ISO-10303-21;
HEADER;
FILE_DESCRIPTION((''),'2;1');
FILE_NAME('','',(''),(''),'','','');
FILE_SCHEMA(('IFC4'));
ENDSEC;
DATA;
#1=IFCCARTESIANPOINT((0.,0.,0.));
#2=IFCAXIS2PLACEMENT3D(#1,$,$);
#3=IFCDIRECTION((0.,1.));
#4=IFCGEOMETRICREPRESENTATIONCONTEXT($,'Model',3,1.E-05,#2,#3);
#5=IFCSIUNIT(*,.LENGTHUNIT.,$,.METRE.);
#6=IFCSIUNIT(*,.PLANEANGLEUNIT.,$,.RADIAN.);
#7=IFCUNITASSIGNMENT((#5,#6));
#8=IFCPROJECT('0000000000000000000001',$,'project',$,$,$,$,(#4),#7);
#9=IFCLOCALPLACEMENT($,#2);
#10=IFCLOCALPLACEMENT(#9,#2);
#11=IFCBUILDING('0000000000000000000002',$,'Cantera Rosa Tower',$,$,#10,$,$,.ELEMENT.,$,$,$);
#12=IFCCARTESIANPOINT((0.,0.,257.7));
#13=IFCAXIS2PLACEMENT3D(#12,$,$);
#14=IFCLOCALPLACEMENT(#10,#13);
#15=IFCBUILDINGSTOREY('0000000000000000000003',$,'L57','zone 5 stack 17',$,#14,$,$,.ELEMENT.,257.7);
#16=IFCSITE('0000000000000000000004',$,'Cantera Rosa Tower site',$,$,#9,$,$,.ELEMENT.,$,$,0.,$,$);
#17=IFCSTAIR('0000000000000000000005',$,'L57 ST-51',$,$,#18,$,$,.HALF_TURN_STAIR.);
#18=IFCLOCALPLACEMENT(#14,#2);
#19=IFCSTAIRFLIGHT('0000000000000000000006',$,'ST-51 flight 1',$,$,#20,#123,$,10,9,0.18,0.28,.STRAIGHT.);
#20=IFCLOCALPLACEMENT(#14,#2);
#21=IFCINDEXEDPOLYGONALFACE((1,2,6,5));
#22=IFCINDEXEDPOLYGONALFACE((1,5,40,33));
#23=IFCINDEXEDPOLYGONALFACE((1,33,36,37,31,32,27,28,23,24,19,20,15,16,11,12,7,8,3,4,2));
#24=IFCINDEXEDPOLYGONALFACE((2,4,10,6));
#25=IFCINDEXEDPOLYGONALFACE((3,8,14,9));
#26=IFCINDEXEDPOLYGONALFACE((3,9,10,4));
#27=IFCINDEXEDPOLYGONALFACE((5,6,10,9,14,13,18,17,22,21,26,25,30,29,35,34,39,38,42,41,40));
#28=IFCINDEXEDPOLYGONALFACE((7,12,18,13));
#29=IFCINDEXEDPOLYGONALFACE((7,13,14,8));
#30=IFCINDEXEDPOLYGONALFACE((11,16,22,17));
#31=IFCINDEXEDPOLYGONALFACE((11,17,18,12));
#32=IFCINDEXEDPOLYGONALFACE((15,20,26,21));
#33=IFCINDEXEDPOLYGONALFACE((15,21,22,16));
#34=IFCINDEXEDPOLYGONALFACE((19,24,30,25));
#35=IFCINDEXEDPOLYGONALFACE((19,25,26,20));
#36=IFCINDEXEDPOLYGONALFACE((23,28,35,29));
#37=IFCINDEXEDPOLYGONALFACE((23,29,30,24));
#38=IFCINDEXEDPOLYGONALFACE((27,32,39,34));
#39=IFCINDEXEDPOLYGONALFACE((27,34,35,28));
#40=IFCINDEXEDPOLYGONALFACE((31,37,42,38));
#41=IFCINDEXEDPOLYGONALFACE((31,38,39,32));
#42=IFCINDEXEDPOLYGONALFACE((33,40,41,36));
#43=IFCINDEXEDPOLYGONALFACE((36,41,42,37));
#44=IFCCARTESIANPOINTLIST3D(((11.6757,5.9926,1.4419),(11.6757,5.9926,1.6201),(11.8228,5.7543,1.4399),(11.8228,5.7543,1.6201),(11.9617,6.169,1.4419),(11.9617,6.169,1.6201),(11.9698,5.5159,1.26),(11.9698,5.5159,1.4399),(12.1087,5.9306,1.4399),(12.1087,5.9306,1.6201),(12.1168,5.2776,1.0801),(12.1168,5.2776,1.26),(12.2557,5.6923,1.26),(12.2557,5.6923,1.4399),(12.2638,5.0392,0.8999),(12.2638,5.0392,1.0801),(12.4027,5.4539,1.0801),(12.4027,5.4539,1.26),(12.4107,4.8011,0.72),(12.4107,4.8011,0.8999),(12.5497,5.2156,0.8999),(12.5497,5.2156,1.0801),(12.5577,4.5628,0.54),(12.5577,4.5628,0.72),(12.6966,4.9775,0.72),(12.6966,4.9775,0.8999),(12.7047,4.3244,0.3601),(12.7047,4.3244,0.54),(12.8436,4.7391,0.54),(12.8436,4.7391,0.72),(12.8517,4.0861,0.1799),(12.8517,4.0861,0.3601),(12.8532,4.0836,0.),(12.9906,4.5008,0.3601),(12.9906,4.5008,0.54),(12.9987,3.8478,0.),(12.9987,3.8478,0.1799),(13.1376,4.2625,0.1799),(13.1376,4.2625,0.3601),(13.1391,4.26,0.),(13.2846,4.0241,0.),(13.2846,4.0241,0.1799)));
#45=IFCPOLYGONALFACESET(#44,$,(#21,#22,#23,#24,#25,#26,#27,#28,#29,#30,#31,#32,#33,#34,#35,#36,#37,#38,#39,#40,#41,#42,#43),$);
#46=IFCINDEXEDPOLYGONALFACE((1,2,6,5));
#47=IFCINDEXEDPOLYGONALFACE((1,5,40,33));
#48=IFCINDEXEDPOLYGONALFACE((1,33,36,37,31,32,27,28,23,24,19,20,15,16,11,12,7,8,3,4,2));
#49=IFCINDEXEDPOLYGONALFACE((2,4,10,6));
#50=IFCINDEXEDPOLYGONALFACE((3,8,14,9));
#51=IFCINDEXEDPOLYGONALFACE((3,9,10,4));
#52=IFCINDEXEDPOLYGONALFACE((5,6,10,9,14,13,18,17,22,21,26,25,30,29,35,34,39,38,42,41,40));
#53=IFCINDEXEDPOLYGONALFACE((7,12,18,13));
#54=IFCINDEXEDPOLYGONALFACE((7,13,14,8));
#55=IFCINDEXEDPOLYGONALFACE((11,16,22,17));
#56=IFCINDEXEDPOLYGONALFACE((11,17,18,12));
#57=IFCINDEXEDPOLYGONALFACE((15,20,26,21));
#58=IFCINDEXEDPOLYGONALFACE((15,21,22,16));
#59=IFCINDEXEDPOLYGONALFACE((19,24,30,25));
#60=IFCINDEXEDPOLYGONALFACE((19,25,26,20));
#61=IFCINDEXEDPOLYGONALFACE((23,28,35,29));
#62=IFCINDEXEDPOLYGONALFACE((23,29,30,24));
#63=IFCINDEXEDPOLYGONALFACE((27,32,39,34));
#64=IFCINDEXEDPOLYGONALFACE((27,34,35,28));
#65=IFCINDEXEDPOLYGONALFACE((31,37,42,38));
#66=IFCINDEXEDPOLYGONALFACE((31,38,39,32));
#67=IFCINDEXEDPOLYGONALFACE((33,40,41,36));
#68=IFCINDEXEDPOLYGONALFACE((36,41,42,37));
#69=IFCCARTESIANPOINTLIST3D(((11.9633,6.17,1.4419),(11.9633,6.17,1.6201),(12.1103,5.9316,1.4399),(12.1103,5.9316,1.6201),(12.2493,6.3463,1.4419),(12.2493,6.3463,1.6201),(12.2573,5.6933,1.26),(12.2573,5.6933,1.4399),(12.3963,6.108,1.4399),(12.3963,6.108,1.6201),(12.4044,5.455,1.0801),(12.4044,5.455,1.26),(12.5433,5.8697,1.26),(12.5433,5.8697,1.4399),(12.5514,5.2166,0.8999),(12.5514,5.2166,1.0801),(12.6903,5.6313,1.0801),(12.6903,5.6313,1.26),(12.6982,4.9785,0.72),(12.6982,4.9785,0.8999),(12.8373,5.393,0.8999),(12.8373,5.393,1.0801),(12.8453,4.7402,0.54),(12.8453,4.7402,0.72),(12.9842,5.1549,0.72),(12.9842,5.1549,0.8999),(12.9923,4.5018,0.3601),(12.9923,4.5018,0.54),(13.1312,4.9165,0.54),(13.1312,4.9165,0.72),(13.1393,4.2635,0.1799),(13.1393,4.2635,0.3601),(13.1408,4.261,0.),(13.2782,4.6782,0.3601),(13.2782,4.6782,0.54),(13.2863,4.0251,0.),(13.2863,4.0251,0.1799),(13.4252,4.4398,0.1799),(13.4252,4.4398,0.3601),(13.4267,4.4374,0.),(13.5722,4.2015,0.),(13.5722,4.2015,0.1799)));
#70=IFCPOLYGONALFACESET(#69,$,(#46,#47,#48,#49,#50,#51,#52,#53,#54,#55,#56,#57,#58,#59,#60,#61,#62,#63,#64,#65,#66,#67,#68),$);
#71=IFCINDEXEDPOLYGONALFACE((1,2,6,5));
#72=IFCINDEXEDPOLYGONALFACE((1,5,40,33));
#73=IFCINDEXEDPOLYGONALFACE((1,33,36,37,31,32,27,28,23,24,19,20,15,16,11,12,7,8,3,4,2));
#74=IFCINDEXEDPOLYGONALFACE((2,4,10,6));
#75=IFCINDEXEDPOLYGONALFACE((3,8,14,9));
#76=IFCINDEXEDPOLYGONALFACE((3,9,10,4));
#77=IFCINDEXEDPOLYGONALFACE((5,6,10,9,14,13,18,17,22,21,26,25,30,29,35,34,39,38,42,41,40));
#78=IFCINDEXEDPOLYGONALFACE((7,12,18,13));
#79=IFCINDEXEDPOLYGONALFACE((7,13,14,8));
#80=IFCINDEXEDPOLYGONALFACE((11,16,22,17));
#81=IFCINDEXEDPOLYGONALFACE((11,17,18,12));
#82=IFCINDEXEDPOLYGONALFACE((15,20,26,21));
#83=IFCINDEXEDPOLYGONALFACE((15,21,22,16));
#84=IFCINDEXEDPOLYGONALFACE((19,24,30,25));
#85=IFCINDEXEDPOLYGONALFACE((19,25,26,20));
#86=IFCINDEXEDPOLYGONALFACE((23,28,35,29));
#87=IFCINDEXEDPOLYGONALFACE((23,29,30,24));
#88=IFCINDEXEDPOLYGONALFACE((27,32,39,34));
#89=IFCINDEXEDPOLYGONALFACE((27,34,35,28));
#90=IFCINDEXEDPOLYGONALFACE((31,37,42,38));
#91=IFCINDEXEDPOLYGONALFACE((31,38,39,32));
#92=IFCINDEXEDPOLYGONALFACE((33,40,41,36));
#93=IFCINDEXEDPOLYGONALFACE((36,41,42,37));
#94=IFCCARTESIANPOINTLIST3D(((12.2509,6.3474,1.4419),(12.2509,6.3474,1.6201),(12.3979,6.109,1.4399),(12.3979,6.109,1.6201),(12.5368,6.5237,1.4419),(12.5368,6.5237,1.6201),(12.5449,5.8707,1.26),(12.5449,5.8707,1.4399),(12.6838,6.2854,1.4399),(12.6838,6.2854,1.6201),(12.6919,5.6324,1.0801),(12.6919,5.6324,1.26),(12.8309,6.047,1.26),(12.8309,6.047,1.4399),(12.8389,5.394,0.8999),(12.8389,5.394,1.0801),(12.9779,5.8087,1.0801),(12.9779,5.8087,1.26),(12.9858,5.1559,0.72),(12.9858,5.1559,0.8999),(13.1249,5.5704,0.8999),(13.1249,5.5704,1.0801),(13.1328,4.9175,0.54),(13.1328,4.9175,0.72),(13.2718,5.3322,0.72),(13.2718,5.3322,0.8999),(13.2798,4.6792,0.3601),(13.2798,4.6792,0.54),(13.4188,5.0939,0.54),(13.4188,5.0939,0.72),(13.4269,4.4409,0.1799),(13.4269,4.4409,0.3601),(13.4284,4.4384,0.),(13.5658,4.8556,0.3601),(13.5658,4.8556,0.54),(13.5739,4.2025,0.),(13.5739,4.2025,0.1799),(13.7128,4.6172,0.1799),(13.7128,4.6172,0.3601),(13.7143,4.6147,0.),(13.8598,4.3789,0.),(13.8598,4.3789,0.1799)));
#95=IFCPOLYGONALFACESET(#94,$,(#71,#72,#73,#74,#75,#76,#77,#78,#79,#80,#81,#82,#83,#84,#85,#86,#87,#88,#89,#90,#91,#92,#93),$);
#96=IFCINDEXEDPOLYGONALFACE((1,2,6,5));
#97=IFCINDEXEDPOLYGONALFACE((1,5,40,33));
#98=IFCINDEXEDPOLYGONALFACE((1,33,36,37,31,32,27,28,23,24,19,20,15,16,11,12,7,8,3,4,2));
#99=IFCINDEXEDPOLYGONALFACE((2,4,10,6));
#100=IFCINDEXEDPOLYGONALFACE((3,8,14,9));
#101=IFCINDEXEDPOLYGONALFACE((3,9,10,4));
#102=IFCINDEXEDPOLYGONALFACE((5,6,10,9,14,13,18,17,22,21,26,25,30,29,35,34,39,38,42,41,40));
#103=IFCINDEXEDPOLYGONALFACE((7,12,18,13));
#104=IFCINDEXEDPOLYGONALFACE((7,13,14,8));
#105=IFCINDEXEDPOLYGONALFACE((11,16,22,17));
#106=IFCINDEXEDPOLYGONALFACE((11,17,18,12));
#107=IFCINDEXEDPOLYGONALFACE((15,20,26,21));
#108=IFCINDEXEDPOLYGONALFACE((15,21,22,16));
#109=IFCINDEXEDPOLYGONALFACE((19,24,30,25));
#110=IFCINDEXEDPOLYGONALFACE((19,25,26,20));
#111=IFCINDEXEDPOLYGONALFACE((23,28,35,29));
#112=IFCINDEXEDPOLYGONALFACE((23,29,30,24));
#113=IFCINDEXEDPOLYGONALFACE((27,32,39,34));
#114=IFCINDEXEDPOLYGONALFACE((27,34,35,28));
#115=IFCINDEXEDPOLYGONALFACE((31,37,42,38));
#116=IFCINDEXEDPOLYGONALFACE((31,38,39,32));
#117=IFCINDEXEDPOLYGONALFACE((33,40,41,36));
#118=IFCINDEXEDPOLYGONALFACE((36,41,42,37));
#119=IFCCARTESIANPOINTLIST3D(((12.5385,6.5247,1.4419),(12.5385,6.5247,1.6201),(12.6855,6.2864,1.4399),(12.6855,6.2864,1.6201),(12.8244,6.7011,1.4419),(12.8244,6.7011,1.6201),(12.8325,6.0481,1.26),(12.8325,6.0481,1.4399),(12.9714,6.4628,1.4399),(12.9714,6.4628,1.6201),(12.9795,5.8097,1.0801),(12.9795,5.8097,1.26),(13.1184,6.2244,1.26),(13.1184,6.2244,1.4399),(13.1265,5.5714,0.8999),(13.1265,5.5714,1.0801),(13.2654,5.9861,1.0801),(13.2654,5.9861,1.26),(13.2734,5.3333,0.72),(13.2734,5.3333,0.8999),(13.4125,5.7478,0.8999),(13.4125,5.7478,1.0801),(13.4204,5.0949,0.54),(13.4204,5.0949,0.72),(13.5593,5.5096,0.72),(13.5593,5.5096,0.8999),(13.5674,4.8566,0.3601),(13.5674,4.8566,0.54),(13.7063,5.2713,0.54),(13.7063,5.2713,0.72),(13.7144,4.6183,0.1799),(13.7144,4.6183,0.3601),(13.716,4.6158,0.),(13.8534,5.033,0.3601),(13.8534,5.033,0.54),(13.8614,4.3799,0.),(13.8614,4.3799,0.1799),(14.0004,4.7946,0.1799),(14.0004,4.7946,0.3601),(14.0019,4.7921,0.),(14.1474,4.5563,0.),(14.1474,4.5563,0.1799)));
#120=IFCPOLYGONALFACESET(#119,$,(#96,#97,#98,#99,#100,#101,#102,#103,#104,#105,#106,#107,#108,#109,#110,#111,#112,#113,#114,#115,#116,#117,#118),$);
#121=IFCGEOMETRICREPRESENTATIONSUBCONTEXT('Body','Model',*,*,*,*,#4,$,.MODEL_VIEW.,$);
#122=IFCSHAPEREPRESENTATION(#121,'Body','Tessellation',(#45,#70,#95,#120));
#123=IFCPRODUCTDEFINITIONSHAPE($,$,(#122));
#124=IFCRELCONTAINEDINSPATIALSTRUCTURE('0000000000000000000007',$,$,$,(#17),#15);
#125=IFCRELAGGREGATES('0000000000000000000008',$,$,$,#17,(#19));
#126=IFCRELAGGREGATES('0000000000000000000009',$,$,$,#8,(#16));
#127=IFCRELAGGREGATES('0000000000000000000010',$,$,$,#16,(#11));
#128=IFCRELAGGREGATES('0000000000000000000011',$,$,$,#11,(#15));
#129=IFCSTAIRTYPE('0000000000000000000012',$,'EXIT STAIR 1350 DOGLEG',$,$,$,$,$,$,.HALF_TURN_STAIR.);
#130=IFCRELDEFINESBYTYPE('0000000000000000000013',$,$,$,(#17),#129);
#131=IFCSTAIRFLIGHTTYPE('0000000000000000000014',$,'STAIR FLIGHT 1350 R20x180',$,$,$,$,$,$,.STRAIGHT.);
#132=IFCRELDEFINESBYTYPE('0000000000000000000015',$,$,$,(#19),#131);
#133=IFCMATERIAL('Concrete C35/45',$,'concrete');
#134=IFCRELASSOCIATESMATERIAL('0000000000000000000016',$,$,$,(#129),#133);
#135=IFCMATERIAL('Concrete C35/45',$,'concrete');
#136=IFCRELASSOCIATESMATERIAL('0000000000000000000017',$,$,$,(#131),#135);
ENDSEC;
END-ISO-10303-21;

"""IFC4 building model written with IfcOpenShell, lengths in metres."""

from ifc_helpers import new_model, si_unit, direction, frame, origin, place, context, subcontext, project, spatial, polyline, outline, extrude, material, type_object, element, aggregate, save


model = new_model("IFC4")

# Units and contexts
model_context = context("Model", 3, precision=1e-05, world=origin(), true_north=direction((0.0, 1.0)))
body_context = subcontext(model_context, "Body", "Model", "MODEL_VIEW")
ifc_project = project(units=[si_unit("LENGTHUNIT", "METRE"), si_unit("PLANEANGLEUNIT", "RADIAN")], contexts=[model_context])

# Site, building, storey
site_placement = place(None, origin())
site = spatial("IfcSite", under=ifc_project, at=site_placement, Name="Cantera Rosa Tower site", CompositionType="ELEMENT", RefElevation=0.0)
building_placement = place(site_placement, origin())
building = spatial("IfcBuilding", under=site, at=building_placement, Name="Cantera Rosa Tower", CompositionType="ELEMENT")
storey_placement = place(building_placement, frame((0.0, 0.0, 257.7)))
storey = spatial("IfcBuildingStorey", under=building, at=storey_placement, Name="L57", Description="zone 5 stack 17", CompositionType="ELEMENT", Elevation=257.7)

# Stair, stair flight
ifc_material_1 = material(Name="Concrete C35/45", Category="concrete")
stair_type = type_object("IfcStairType", Name="EXIT STAIR 1350 DOGLEG", PredefinedType="HALF_TURN_STAIR", material=ifc_material_1)
stair_placement = place(storey_placement, origin())
stair = element("IfcStair", 1, at=stair_placement, inside=storey, type_object=stair_type, Name="L57 ST-51", PredefinedType="HALF_TURN_STAIR")
ifc_material_2 = material(Name="Concrete C35/45", Category="concrete")
stair_flight_type = type_object("IfcStairFlightType", Name="STAIR FLIGHT 1350 R20x180", PredefinedType="STRAIGHT", material=ifc_material_2)
stair_flight_placement = place(storey_placement, frame((13.5732, 4.2021, 0.0), z_axis=(0.0, 0.0, 1.0), x_axis=(-0.524977, 0.851117, 0.0)))
stair_flight = element("IfcStairFlight", 2, at=stair_flight_placement, type_object=stair_flight_type, Name="ST-51 flight 1", NumberOfRisers=10, NumberOfTreads=9, PredefinedType="STRAIGHT", RiserHeight=0.18, TreadLength=0.28, context=body_context, shape_type="SweptSolid", body=[
    extrude(outline(polyline([(0.0, 0.0), (0.0, 0.1799), (0.28, 0.1799), (0.28, 0.3601), (0.5601, 0.3601), (0.5601, 0.54), (0.8401, 0.54), (0.8401, 0.72), (1.1201, 0.72), (1.1201, 0.8999), (1.3999, 0.8999), (1.3999, 1.0801), (1.6799, 1.0801), (1.6799, 1.26), (1.96, 1.26), (1.96, 1.4399), (2.24, 1.4399), (2.24, 1.6201), (2.52, 1.6201), (2.52, 1.8), (2.52, 1.4419), (0.2771, 0.0), (0.0, 0.0)])), frame((0.0, 0.675, 0.0), z_axis=(0.0, -1.0, 0.0), x_axis=(1.0, 0.0, 0.0)), (0.0, 0.0, 1.0), 0.3359),
    extrude(outline(polyline([(0.0, 0.0), (0.0, 0.1799), (0.28, 0.1799), (0.28, 0.3601), (0.5601, 0.3601), (0.5601, 0.54), (0.8401, 0.54), (0.8401, 0.72), (1.1201, 0.72), (1.1201, 0.8999), (1.3999, 0.8999), (1.3999, 1.0801), (1.6799, 1.0801), (1.6799, 1.26), (1.96, 1.26), (1.96, 1.4399), (2.24, 1.4399), (2.24, 1.6201), (2.52, 1.6201), (2.52, 1.8), (2.52, 1.4419), (0.2771, 0.0), (0.0, 0.0)])), frame((0.0, 0.3372, 0.0), z_axis=(0.0, -1.0, 0.0), x_axis=(1.0, 0.0, 0.0)), (0.0, 0.0, 1.0), 0.3359),
    extrude(outline(polyline([(0.0, 0.0), (0.0, 0.1799), (0.28, 0.1799), (0.28, 0.3601), (0.5601, 0.3601), (0.5601, 0.54), (0.8401, 0.54), (0.8401, 0.72), (1.1201, 0.72), (1.1201, 0.8999), (1.3999, 0.8999), (1.3999, 1.0801), (1.6799, 1.0801), (1.6799, 1.26), (1.96, 1.26), (1.96, 1.4399), (2.24, 1.4399), (2.24, 1.6201), (2.52, 1.6201), (2.52, 1.8), (2.52, 1.4419), (0.2771, 0.0), (0.0, 0.0)])), frame((0.0, -0.0007, 0.0), z_axis=(0.0, -1.0, 0.0), x_axis=(1.0, 0.0, 0.0)), (0.0, 0.0, 1.0), 0.3359),
    extrude(outline(polyline([(0.0, 0.0), (0.0, 0.1799), (0.28, 0.1799), (0.28, 0.3601), (0.5601, 0.3601), (0.5601, 0.54), (0.8401, 0.54), (0.8401, 0.72), (1.1201, 0.72), (1.1201, 0.8999), (1.3999, 0.8999), (1.3999, 1.0801), (1.6799, 1.0801), (1.6799, 1.26), (1.96, 1.26), (1.96, 1.4399), (2.24, 1.4399), (2.24, 1.6201), (2.52, 1.6201), (2.52, 1.8), (2.52, 1.4419), (0.2771, 0.0), (0.0, 0.0)])), frame((0.0, -0.3386, 0.0), z_axis=(0.0, -1.0, 0.0), x_axis=(1.0, 0.0, 0.0)), (0.0, 0.0, 1.0), 0.3359),
])
aggregate(stair, [stair_flight])

save(model, "model.ifc")
